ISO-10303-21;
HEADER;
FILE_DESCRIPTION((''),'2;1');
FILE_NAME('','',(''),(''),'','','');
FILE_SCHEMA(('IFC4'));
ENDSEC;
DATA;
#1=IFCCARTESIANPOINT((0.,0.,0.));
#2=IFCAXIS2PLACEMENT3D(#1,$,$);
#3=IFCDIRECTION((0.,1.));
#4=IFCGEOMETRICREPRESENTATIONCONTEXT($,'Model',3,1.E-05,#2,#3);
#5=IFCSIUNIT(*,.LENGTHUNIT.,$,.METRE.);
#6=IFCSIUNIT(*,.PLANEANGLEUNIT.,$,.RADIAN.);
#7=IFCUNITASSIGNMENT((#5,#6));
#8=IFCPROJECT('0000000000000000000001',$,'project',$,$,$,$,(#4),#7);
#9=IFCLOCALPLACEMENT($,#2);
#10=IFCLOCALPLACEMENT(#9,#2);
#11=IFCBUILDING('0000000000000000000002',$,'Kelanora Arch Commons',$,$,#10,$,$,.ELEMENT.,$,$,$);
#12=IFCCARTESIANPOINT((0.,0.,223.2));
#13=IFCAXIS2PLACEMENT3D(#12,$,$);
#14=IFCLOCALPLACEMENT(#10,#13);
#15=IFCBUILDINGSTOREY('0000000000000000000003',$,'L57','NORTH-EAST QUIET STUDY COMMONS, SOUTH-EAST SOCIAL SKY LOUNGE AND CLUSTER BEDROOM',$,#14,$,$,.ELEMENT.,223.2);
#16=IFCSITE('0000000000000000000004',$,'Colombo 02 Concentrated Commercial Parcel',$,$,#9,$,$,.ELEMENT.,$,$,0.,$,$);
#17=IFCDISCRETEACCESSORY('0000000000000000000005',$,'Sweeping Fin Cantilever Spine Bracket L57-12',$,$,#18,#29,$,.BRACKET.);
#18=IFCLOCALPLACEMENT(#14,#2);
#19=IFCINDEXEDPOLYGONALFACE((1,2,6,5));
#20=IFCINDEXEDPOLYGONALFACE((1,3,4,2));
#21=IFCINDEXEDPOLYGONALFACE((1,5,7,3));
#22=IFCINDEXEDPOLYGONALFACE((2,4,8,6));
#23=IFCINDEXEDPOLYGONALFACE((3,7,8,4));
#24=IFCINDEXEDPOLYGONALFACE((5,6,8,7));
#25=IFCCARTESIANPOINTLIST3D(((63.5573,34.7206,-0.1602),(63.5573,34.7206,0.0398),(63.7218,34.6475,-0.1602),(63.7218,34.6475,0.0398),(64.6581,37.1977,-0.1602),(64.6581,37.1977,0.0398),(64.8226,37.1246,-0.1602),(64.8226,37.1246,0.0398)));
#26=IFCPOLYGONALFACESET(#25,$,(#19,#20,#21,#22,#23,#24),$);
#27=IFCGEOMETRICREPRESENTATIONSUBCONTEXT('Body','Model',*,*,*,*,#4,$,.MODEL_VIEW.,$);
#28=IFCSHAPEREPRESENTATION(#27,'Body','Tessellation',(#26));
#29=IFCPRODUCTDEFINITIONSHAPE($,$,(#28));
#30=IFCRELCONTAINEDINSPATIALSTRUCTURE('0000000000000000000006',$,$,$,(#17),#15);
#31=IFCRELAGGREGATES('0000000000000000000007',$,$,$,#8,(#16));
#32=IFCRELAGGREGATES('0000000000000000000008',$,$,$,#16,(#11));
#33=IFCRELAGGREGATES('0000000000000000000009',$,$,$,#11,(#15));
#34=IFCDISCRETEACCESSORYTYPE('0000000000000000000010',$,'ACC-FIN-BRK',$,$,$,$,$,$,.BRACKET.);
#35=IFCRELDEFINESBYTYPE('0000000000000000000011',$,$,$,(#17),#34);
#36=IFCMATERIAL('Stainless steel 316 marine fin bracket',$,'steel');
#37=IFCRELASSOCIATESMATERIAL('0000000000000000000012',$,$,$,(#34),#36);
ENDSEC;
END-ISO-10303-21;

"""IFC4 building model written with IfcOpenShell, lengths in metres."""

from ifc_helpers import new_model, si_unit, direction, frame, origin, origin_2d, place, context, subcontext, project, spatial, rectangle, extrude, source, transform, mapped, material, type_object, element, save


model = new_model("IFC4")

# Units and contexts
model_context = context("Model", 3, precision=1e-05, world=origin(), true_north=direction((0.0, 1.0)))
body_context = subcontext(model_context, "Body", "Model", "MODEL_VIEW")
ifc_project = project(units=[si_unit("LENGTHUNIT", "METRE"), si_unit("PLANEANGLEUNIT", "RADIAN")], contexts=[model_context])

# Site, building, storey
site_placement = place(None, origin())
site = spatial("IfcSite", under=ifc_project, at=site_placement, Name="Colombo 02 Concentrated Commercial Parcel", CompositionType="ELEMENT", RefElevation=0.0)
building_placement = place(site_placement, origin())
building = spatial("IfcBuilding", under=site, at=building_placement, Name="Kelanora Arch Commons", CompositionType="ELEMENT")
storey_placement = place(building_placement, frame((0.0, 0.0, 223.2)))
storey = spatial("IfcBuildingStorey", under=building, at=storey_placement, Name="L57", Description="NORTH-EAST QUIET STUDY COMMONS, SOUTH-EAST SOCIAL SKY LOUNGE AND CLUSTER BEDROOM", CompositionType="ELEMENT", Elevation=223.2)

# Discrete accessory
ifc_material_1 = material(Name="Stainless steel 316 marine fin bracket", Category="steel")
discrete_accessory_type = type_object("IfcDiscreteAccessoryType", Name="ACC-FIN-BRK", PredefinedType="BRACKET", material=ifc_material_1)
shared_shape_1 = source(origin(), body_context, "Body", "SweptSolid", [
    extrude(rectangle(XDim=2.7107, YDim=0.1799, at=origin_2d()), origin(), (0.0, 0.0, 1.0), 0.2),
])
discrete_accessory_placement = place(storey_placement, frame((64.1899, 35.9226, -0.1602), z_axis=(0.0, 0.0, 1.0), x_axis=(-0.406099, -0.913829, 0.0)))
element("IfcDiscreteAccessory", 1, at=discrete_accessory_placement, inside=storey, type_object=discrete_accessory_type, Name="Sweeping Fin Cantilever Spine Bracket L57-12", PredefinedType="BRACKET", context=body_context, shape_type="MappedRepresentation", body=[
    mapped(shared_shape_1, transform((0.0, 0.0, 0.0), scale=1.0)),
])

save(model, "model.ifc")
